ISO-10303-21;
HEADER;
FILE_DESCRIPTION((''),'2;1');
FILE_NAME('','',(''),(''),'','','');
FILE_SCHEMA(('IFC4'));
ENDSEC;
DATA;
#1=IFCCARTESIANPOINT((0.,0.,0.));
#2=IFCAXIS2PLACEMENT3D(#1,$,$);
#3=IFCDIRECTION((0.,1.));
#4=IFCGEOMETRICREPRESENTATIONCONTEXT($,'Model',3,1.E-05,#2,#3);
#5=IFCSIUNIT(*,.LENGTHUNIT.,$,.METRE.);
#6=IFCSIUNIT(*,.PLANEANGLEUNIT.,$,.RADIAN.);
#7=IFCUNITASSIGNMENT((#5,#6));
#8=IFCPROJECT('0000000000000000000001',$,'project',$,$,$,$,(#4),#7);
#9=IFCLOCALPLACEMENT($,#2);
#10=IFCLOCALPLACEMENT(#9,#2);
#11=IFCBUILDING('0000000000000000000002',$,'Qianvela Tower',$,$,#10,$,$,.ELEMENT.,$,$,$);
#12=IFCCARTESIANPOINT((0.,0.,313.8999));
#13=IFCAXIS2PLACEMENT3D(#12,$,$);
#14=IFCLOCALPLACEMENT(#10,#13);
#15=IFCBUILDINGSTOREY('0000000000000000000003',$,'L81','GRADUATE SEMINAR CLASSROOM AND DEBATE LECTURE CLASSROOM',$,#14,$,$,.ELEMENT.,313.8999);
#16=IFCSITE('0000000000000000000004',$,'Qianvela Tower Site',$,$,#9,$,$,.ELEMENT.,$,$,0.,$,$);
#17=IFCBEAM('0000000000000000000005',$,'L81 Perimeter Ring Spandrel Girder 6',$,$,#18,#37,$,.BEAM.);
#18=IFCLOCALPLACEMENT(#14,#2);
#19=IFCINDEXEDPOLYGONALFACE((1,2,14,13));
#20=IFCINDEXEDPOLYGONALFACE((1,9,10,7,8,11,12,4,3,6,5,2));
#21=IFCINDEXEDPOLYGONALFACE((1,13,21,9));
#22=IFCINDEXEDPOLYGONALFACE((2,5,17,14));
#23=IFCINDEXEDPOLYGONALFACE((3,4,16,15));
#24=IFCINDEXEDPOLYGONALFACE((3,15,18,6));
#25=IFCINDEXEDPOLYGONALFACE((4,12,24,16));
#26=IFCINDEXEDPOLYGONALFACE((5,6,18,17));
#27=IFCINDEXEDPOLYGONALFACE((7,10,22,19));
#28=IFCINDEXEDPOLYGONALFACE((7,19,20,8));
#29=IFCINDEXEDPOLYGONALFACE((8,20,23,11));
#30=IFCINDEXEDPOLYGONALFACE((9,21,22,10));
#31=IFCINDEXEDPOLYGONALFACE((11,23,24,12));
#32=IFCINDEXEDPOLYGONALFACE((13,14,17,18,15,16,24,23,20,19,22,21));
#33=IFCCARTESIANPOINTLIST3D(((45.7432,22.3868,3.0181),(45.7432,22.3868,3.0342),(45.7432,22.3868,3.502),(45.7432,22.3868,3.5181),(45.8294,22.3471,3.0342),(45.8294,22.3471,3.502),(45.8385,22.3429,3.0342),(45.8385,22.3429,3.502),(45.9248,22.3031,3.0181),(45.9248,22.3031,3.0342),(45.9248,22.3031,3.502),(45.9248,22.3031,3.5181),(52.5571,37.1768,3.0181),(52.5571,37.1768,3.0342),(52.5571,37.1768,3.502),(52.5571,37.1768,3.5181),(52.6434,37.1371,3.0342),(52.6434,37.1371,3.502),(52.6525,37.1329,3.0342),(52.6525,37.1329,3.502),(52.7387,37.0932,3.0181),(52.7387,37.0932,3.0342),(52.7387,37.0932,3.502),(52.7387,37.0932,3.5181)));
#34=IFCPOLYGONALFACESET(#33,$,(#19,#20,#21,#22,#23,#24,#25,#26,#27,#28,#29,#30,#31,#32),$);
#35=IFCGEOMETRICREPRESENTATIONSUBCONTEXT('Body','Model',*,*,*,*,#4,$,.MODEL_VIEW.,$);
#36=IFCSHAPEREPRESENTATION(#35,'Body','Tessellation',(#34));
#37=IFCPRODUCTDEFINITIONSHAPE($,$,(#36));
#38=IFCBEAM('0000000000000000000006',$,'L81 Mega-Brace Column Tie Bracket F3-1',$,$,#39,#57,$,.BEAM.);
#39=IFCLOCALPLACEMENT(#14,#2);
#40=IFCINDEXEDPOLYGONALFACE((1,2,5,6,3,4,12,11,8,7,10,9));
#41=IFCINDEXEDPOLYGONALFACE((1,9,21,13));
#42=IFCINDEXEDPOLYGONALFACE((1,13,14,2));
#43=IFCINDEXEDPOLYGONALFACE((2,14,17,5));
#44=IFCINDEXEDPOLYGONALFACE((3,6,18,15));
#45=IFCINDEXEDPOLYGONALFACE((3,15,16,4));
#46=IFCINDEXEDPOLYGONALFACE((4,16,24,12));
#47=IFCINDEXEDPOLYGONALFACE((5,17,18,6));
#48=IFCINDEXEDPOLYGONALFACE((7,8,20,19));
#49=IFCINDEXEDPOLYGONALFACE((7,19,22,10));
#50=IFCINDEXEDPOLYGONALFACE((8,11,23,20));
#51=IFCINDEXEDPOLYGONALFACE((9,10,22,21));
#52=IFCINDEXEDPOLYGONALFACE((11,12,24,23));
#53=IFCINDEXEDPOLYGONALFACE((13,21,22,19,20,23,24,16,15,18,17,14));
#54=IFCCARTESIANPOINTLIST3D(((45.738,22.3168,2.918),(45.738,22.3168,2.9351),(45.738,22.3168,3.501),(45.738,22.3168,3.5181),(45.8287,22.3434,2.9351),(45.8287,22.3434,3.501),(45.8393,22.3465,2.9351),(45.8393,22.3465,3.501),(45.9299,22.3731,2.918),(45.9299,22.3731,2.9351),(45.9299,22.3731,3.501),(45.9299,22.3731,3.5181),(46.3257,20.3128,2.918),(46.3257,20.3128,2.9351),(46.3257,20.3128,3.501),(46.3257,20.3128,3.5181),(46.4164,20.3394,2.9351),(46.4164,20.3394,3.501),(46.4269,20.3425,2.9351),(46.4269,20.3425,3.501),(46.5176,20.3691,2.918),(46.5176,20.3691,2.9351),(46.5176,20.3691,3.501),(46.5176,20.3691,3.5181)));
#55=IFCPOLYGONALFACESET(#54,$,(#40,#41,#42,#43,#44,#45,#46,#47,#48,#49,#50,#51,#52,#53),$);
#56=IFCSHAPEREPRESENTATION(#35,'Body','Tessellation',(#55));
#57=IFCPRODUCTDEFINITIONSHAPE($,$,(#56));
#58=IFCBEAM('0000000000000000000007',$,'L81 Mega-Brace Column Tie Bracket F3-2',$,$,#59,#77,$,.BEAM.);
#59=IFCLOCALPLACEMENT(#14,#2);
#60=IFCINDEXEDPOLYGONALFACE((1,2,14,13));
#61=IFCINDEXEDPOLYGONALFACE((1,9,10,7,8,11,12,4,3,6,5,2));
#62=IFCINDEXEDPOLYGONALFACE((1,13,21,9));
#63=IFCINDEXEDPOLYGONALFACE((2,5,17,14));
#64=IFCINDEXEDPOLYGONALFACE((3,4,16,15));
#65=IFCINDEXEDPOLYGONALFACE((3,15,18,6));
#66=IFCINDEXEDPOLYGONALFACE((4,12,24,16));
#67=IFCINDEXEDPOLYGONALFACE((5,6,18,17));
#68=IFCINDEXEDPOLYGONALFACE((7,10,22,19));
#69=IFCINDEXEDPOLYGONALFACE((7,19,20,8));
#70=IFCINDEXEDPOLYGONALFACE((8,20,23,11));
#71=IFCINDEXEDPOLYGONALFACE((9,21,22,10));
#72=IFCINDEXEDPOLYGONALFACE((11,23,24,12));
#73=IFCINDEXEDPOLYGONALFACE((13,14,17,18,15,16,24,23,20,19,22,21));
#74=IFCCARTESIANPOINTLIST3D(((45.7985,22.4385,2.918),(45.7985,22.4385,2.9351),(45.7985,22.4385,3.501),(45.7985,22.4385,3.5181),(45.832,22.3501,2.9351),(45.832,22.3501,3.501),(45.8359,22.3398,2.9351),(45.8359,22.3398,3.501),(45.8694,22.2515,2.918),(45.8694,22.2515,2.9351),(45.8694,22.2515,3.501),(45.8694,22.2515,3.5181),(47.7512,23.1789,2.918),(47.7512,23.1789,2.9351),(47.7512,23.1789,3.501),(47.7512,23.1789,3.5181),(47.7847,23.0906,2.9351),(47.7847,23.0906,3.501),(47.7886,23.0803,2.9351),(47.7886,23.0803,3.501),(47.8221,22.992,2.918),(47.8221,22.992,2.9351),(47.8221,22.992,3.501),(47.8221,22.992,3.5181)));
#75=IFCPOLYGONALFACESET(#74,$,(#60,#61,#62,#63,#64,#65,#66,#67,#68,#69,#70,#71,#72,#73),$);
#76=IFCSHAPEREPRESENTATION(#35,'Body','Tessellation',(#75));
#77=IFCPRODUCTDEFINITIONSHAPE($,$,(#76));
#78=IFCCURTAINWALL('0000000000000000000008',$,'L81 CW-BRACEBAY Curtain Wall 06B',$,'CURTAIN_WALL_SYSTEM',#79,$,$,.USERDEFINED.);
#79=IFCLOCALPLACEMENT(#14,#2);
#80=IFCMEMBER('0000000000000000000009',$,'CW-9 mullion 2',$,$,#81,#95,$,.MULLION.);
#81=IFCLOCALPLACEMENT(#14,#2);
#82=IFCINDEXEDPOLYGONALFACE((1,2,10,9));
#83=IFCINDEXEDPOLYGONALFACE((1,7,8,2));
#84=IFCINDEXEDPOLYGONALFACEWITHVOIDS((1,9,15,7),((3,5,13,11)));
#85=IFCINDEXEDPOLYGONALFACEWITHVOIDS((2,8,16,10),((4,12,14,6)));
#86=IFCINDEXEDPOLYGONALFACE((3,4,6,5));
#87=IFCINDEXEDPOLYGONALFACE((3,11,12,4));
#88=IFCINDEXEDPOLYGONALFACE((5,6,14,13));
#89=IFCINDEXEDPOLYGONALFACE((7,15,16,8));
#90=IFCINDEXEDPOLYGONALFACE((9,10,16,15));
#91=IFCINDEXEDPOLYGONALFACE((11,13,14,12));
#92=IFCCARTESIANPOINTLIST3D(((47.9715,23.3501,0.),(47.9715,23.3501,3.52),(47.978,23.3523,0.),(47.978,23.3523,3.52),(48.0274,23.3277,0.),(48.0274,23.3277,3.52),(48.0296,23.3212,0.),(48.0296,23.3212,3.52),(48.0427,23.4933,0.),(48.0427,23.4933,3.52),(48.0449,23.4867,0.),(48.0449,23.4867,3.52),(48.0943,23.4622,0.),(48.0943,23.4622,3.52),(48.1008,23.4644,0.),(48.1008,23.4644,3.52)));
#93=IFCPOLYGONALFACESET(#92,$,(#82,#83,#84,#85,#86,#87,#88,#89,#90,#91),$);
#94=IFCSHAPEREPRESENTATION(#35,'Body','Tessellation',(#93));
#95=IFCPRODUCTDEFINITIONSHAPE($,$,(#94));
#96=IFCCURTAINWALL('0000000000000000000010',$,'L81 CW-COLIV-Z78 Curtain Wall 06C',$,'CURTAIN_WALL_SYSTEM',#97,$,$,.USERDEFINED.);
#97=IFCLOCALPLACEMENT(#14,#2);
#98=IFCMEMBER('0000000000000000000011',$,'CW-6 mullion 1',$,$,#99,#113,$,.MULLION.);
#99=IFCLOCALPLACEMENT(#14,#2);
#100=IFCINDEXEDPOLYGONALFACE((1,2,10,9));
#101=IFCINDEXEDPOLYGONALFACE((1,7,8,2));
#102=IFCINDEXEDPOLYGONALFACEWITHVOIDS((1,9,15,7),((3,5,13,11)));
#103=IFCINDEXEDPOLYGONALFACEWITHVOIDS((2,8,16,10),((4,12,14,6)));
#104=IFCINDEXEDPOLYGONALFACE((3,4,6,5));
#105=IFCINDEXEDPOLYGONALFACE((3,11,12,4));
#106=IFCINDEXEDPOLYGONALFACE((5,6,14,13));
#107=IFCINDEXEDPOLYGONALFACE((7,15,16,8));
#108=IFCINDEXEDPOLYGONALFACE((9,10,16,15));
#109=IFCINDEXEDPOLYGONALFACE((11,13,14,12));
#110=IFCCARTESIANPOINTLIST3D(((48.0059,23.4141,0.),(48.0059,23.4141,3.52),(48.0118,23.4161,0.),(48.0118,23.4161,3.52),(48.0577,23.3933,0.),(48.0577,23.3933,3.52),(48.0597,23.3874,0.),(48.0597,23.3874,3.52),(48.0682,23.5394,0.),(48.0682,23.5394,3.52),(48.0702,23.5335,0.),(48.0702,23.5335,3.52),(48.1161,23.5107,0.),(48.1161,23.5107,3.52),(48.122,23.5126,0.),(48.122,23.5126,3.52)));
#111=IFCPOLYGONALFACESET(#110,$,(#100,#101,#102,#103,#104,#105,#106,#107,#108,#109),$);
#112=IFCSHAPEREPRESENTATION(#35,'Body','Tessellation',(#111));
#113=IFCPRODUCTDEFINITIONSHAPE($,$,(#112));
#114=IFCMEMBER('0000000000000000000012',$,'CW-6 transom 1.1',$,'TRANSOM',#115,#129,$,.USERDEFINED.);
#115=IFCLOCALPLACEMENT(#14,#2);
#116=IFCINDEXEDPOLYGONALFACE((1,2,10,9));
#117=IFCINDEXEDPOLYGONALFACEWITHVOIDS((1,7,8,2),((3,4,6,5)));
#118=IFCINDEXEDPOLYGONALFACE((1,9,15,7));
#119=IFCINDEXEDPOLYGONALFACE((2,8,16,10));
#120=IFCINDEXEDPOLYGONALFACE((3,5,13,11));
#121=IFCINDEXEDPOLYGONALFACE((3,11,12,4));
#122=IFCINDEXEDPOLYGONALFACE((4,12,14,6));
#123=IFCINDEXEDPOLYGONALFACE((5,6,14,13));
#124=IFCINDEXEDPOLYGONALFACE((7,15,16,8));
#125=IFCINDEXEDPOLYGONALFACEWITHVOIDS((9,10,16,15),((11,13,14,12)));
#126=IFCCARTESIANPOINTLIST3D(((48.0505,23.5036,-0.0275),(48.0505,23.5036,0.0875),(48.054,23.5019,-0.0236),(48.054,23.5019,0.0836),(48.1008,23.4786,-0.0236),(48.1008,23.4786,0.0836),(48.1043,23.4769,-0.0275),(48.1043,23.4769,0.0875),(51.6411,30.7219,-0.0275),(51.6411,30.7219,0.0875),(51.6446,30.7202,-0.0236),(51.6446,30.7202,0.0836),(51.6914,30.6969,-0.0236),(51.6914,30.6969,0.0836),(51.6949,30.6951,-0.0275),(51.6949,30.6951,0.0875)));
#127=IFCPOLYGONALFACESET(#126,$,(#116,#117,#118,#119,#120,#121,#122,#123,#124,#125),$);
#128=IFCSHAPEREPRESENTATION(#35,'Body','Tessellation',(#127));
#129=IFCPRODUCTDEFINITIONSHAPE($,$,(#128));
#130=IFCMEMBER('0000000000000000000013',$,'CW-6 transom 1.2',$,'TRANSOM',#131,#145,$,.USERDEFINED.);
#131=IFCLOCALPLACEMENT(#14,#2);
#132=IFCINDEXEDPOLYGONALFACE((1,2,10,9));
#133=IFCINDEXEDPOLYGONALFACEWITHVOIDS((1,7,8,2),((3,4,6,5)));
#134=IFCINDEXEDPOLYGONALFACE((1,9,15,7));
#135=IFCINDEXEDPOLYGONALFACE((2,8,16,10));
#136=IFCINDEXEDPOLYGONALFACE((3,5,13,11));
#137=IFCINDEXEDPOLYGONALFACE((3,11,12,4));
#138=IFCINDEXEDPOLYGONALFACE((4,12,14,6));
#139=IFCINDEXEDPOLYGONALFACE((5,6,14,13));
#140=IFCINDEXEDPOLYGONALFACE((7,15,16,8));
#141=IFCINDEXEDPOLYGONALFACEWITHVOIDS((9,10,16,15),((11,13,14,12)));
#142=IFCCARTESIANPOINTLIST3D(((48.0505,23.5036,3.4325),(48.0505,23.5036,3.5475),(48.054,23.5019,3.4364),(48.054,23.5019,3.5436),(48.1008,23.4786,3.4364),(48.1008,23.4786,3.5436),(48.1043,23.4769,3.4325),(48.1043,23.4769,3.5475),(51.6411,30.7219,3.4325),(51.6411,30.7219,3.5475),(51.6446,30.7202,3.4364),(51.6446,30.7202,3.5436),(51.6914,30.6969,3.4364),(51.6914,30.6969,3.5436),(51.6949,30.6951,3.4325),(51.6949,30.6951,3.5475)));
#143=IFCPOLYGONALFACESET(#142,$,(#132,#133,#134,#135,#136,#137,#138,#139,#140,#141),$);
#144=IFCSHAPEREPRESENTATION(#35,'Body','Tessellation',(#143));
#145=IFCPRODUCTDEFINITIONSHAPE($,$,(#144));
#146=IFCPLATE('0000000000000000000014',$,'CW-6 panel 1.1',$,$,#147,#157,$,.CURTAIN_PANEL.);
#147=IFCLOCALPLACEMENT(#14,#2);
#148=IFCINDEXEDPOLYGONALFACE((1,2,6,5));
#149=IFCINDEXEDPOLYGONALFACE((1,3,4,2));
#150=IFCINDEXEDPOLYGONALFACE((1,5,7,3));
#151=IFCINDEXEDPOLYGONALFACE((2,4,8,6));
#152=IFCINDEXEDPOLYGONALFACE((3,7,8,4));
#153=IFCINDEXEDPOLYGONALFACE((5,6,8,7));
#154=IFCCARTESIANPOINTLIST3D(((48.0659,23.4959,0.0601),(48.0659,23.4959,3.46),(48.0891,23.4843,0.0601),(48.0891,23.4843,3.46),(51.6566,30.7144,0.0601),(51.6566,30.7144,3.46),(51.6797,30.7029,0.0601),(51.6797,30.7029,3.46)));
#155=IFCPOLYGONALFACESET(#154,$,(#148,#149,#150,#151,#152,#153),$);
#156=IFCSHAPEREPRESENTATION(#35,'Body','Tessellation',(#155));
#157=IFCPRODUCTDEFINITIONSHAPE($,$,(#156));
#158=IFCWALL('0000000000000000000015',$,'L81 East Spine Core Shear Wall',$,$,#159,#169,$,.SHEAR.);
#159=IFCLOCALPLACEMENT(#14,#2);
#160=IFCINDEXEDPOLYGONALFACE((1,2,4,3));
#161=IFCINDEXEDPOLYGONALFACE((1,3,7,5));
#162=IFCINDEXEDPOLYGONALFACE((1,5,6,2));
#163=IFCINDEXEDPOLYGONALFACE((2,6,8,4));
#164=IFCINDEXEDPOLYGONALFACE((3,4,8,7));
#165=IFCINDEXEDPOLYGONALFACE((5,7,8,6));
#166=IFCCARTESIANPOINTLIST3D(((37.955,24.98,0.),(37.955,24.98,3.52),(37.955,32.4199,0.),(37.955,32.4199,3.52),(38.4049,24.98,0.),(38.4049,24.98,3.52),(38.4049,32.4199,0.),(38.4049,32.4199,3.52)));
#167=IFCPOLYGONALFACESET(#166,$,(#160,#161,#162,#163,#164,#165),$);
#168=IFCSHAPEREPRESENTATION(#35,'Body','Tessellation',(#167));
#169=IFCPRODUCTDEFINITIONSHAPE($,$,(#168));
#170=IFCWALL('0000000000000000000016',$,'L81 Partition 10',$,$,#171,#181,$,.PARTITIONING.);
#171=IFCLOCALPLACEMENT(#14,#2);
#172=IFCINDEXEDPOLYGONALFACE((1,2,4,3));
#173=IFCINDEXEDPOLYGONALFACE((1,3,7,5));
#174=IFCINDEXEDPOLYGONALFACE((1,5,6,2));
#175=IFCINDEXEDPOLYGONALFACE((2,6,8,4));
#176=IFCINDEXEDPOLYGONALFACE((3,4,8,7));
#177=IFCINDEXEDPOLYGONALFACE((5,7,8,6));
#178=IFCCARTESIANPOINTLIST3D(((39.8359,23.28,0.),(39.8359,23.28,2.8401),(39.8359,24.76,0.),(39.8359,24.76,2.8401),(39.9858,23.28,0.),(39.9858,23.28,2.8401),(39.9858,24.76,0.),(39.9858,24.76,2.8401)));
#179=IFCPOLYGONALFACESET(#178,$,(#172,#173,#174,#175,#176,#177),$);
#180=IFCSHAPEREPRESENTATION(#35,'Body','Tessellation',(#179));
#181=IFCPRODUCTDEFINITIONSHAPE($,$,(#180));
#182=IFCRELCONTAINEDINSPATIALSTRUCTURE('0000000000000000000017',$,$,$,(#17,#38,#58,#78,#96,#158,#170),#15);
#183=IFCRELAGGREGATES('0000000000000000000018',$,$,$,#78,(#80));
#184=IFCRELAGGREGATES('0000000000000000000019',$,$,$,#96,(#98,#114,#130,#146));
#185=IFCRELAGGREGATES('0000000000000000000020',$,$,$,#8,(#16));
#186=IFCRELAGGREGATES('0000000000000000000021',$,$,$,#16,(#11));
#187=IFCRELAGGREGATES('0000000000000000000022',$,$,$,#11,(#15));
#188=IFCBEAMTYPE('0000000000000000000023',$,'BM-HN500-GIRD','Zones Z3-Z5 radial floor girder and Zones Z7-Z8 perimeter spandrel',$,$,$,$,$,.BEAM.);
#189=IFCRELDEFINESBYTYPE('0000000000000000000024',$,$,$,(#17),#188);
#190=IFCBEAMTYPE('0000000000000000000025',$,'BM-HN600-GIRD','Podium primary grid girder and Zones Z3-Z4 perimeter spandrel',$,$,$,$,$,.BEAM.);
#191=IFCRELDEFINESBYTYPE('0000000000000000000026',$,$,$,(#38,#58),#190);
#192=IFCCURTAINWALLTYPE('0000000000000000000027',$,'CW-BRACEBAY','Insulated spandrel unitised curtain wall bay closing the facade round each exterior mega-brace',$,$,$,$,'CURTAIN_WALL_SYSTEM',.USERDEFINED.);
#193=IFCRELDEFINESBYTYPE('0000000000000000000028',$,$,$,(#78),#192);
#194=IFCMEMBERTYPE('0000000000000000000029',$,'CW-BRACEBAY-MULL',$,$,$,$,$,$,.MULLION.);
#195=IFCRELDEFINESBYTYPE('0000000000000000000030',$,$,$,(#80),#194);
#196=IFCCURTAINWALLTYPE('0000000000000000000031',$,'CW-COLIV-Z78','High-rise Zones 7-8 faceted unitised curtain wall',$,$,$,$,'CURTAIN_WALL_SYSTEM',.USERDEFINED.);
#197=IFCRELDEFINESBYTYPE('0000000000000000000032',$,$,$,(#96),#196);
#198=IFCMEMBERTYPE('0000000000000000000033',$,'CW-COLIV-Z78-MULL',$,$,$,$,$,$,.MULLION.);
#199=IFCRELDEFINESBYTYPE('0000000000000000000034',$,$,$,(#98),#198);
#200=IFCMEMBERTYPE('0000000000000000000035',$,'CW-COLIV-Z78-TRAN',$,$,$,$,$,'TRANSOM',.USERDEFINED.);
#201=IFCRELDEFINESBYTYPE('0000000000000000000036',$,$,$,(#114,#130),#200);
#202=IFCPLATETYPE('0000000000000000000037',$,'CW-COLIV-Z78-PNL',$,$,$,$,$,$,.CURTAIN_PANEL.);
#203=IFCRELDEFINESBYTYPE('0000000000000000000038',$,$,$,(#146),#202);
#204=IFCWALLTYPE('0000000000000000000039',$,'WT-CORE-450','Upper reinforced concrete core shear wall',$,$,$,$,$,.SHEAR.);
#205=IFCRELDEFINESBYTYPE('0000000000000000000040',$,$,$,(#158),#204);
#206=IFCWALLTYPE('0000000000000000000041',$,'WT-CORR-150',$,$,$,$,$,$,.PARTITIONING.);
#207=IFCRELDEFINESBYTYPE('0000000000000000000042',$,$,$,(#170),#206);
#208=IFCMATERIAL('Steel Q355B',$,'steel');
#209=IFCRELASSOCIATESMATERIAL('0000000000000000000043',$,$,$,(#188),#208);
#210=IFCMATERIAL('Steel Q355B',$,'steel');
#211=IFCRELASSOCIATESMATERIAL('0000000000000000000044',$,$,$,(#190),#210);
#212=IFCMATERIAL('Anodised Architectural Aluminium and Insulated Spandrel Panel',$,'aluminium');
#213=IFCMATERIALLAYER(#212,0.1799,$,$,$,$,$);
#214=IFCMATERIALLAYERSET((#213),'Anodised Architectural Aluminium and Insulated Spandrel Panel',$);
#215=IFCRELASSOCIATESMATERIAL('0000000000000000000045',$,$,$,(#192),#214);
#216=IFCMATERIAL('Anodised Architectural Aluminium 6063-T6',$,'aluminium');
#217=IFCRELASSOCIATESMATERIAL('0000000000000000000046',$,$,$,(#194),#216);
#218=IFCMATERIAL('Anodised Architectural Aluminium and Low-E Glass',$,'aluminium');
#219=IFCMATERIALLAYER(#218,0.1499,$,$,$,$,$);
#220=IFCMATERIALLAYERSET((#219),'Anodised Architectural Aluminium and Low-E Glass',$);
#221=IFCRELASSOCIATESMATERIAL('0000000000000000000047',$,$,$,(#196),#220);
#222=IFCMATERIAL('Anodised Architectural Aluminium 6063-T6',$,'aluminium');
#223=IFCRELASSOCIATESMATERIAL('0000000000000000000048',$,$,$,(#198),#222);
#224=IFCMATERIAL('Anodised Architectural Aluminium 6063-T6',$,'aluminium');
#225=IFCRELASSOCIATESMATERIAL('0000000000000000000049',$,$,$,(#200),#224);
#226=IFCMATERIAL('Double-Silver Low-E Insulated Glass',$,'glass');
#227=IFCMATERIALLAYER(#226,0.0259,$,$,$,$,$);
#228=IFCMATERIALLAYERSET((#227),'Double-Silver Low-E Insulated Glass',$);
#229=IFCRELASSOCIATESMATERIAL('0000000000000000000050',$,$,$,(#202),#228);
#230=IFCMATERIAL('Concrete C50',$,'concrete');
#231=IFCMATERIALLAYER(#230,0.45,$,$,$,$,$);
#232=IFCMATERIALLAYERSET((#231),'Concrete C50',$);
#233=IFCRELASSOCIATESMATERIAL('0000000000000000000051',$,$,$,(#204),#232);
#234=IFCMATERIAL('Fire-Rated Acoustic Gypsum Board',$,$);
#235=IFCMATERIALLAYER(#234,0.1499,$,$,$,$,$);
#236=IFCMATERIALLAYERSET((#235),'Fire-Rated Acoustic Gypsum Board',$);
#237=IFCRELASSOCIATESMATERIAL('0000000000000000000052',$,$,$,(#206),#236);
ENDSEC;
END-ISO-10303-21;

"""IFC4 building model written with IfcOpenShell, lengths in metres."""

from ifc_helpers import new_model, si_unit, direction, frame, frame_2d, origin, origin_2d, place, context, subcontext, project, spatial, rectangle, hollow_rectangle, i_section, extrude, material, layer, layer_set, material_profile, profile_set, type_object, element, aggregate, save


model = new_model("IFC4")

# Units and contexts
model_context = context("Model", 3, precision=1e-05, world=origin(), true_north=direction((0.0, 1.0)))
body_context = subcontext(model_context, "Body", "Model", "MODEL_VIEW")
ifc_project = project(units=[si_unit("LENGTHUNIT", "METRE"), si_unit("PLANEANGLEUNIT", "RADIAN")], contexts=[model_context])

# Site, building, storey
site_placement = place(None, origin())
site = spatial("IfcSite", under=ifc_project, at=site_placement, Name="Qianvela Tower Site", CompositionType="ELEMENT", RefElevation=0.0)
building_placement = place(site_placement, origin())
building = spatial("IfcBuilding", under=site, at=building_placement, Name="Qianvela Tower", CompositionType="ELEMENT")
storey_placement = place(building_placement, frame((0.0, 0.0, 313.8999)))
storey = spatial("IfcBuildingStorey", under=building, at=storey_placement, Name="L81", Description="GRADUATE SEMINAR CLASSROOM AND DEBATE LECTURE CLASSROOM", CompositionType="ELEMENT", Elevation=313.8999)

# Beams
ifc_material_1 = material(Name="Steel Q355B", Category="steel")
ifc_material_profile_1 = material_profile(ifc_material_1, i_section(OverallWidth=0.2, OverallDepth=0.5, WebThickness=0.01, FlangeThickness=0.0161, at=origin_2d()), Name="HN500x200x10x16")
ifc_profile_set_1 = profile_set([ifc_material_profile_1], Name="Steel Q355B")
beam_type_1 = type_object("IfcBeamType", Name="BM-HN500-GIRD", Description="Zones Z3-Z5 radial floor girder and Zones Z7-Z8 perimeter spandrel", PredefinedType="BEAM", material=ifc_profile_set_1)
beam_placement = place(storey_placement, frame((45.834, 22.345, 3.2681), z_axis=(0.41844, 0.908244, 0.0), x_axis=(-0.908244, 0.41844, 0.0)))
element("IfcBeam", 1, at=beam_placement, inside=storey, type_object=beam_type_1, Name="L81 Perimeter Ring Spandrel Girder 6", PredefinedType="BEAM", context=body_context, shape_type="SweptSolid", body=[
    extrude(i_section(OverallWidth=0.2, OverallDepth=0.5, WebThickness=0.01, FlangeThickness=0.0161, at=origin_2d()), origin(), (0.0, 0.0, 1.0), 16.2842),
])
ifc_material_2 = material(Name="Steel Q355B", Category="steel")
ifc_material_profile_2 = material_profile(ifc_material_2, i_section(OverallWidth=0.2, OverallDepth=0.6001, WebThickness=0.011, FlangeThickness=0.0171, at=origin_2d()), Name="HN600x200x11x17")
ifc_profile_set_2 = profile_set([ifc_material_profile_2], Name="Steel Q355B")
beam_type_2 = type_object("IfcBeamType", Name="BM-HN600-GIRD", Description="Podium primary grid girder and Zones Z3-Z4 perimeter spandrel", PredefinedType="BEAM", material=ifc_profile_set_2)
for number, where, z_axis, x_axis, name in (
    (2, (45.834, 22.345, 3.218), (0.2814, -0.95959, 0.0), (0.95959, 0.2814, 0.0), "L81 Mega-Brace Column Tie Bracket F3-1"),
    (3, (45.834, 22.345, 3.218), (0.935026, 0.35458, 0.0), (-0.35458, 0.935026, 0.0), "L81 Mega-Brace Column Tie Bracket F3-2"),
):
    element("IfcBeam", number, at=place(storey_placement, frame(where, z_axis=z_axis, x_axis=x_axis)), inside=storey, type_object=beam_type_2, Name=name, PredefinedType="BEAM", context=body_context, shape_type="SweptSolid", body=[
        extrude(i_section(OverallWidth=0.2, OverallDepth=0.6001, WebThickness=0.011, FlangeThickness=0.0171, at=origin_2d()), origin(), (0.0, 0.0, 1.0), 2.0884),
    ])

# Curtain wall, member
ifc_material_3 = material(Name="Anodised Architectural Aluminium and Insulated Spandrel Panel", Category="aluminium")
ifc_layer_1 = layer(ifc_material_3, 0.1799)
ifc_layer_set_1 = layer_set([ifc_layer_1], Name="Anodised Architectural Aluminium and Insulated Spandrel Panel")
curtain_wall_type_1 = type_object("IfcCurtainWallType", Name="CW-BRACEBAY", Description="Insulated spandrel unitised curtain wall bay closing the facade round each exterior mega-brace", ElementType="CURTAIN_WALL_SYSTEM", PredefinedType="USERDEFINED", material=ifc_layer_set_1)
curtain_wall_1_placement = place(storey_placement, origin())
curtain_wall_1 = element("IfcCurtainWall", 4, at=curtain_wall_1_placement, inside=storey, type_object=curtain_wall_type_1, Name="L81 CW-BRACEBAY Curtain Wall 06B", ObjectType="CURTAIN_WALL_SYSTEM", PredefinedType="USERDEFINED")
ifc_material_4 = material(Name="Anodised Architectural Aluminium 6063-T6", Category="aluminium")
ifc_material_profile_3 = material_profile(ifc_material_4, hollow_rectangle(XDim=0.0649, YDim=0.1599, WallThickness=0.0049, at=origin_2d()), Name="ALU-MULL-65x160")
ifc_profile_set_3 = profile_set([ifc_material_profile_3], Name="Anodised Architectural Aluminium 6063-T6")
member_type_1 = type_object("IfcMemberType", Name="CW-BRACEBAY-MULL", PredefinedType="MULLION", material=ifc_profile_set_3)
member_1_placement = place(storey_placement, frame((48.0361, 23.4072, 0.0), z_axis=(0.0, 0.0, 1.0), x_axis=(-0.895346, 0.44537, 0.0)))
member_1 = element("IfcMember", 5, at=member_1_placement, type_object=member_type_1, Name="CW-9 mullion 2", PredefinedType="MULLION", context=body_context, shape_type="SweptSolid", body=[
    extrude(hollow_rectangle(XDim=0.0649, YDim=0.1599, WallThickness=0.0049, at=origin_2d()), origin(), (0.0, 0.0, 1.0), 3.52),
])
aggregate(curtain_wall_1, [member_1])

# Curtain wall, members, plate
ifc_material_5 = material(Name="Anodised Architectural Aluminium and Low-E Glass", Category="aluminium")
ifc_layer_2 = layer(ifc_material_5, 0.1499)
ifc_layer_set_2 = layer_set([ifc_layer_2], Name="Anodised Architectural Aluminium and Low-E Glass")
curtain_wall_type_2 = type_object("IfcCurtainWallType", Name="CW-COLIV-Z78", Description="High-rise Zones 7-8 faceted unitised curtain wall", ElementType="CURTAIN_WALL_SYSTEM", PredefinedType="USERDEFINED", material=ifc_layer_set_2)
curtain_wall_2_placement = place(storey_placement, origin())
curtain_wall_2 = element("IfcCurtainWall", 6, at=curtain_wall_2_placement, inside=storey, type_object=curtain_wall_type_2, Name="L81 CW-COLIV-Z78 Curtain Wall 06C", ObjectType="CURTAIN_WALL_SYSTEM", PredefinedType="USERDEFINED")
ifc_material_6 = material(Name="Anodised Architectural Aluminium 6063-T6", Category="aluminium")
ifc_material_profile_4 = material_profile(ifc_material_6, hollow_rectangle(XDim=0.0601, YDim=0.1399, WallThickness=0.0044, at=origin_2d()), Name="ALU-MULL-60x140")
ifc_profile_set_4 = profile_set([ifc_material_profile_4], Name="Anodised Architectural Aluminium 6063-T6")
member_type_2 = type_object("IfcMemberType", Name="CW-COLIV-Z78-MULL", PredefinedType="MULLION", material=ifc_profile_set_4)
member_2_placement = place(storey_placement, frame((48.064, 23.4634, 0.0), z_axis=(0.0, 0.0, 1.0), x_axis=(-0.895348, 0.445368, 0.0)))
member_2 = element("IfcMember", 7, at=member_2_placement, type_object=member_type_2, Name="CW-6 mullion 1", PredefinedType="MULLION", context=body_context, shape_type="SweptSolid", body=[
    extrude(hollow_rectangle(XDim=0.0601, YDim=0.1399, WallThickness=0.0044, at=origin_2d()), origin(), (0.0, 0.0, 1.0), 3.52),
])
ifc_material_7 = material(Name="Anodised Architectural Aluminium 6063-T6", Category="aluminium")
ifc_material_profile_5 = material_profile(ifc_material_7, hollow_rectangle(XDim=0.0601, YDim=0.115, WallThickness=0.0039, at=origin_2d()), Name="ALU-TRAN-60x115")
ifc_profile_set_5 = profile_set([ifc_material_profile_5], Name="Anodised Architectural Aluminium 6063-T6")
member_type_3 = type_object("IfcMemberType", Name="CW-COLIV-Z78-TRAN", ElementType="TRANSOM", PredefinedType="USERDEFINED", material=ifc_profile_set_5)
member_3_placement = place(storey_placement, frame((48.0774, 23.4902, 0.03), z_axis=(0.445371, 0.895346, 0.0), x_axis=(-0.895346, 0.445371, 0.0)))
member_3 = element("IfcMember", 8, at=member_3_placement, type_object=member_type_3, Name="CW-6 transom 1.1", ObjectType="TRANSOM", PredefinedType="USERDEFINED", context=body_context, shape_type="SweptSolid", body=[
    extrude(hollow_rectangle(XDim=0.0601, YDim=0.115, WallThickness=0.0039, at=origin_2d()), origin(), (0.0, 0.0, 1.0), 8.062),
])
member_4_placement = place(storey_placement, frame((48.0774, 23.4902, 3.49), z_axis=(0.445371, 0.895346, 0.0), x_axis=(-0.895346, 0.445371, 0.0)))
member_4 = element("IfcMember", 9, at=member_4_placement, type_object=member_type_3, Name="CW-6 transom 1.2", ObjectType="TRANSOM", PredefinedType="USERDEFINED", context=body_context, shape_type="SweptSolid", body=[
    extrude(hollow_rectangle(XDim=0.0601, YDim=0.115, WallThickness=0.0039, at=origin_2d()), origin(), (0.0, 0.0, 1.0), 8.062),
])
ifc_material_8 = material(Name="Double-Silver Low-E Insulated Glass", Category="glass")
ifc_layer_3 = layer(ifc_material_8, 0.0259)
ifc_layer_set_3 = layer_set([ifc_layer_3], Name="Double-Silver Low-E Insulated Glass")
plate_type = type_object("IfcPlateType", Name="CW-COLIV-Z78-PNL", PredefinedType="CURTAIN_PANEL", material=ifc_layer_set_3)
plate_placement = place(storey_placement, frame((49.8728, 27.0994, 0.0601), z_axis=(0.0, 0.0, 1.0), x_axis=(0.445368, 0.895348, 0.0)))
plate = element("IfcPlate", 10, at=plate_placement, type_object=plate_type, Name="CW-6 panel 1.1", PredefinedType="CURTAIN_PANEL", context=body_context, shape_type="SweptSolid", body=[
    extrude(rectangle(XDim=8.0623, YDim=0.0259, at=origin_2d()), origin(), (0.0, 0.0, 1.0), 3.3999),
])
aggregate(curtain_wall_2, [member_2, member_3, member_4, plate])

# Walls
ifc_material_9 = material(Name="Concrete C50", Category="concrete")
ifc_layer_4 = layer(ifc_material_9, 0.45)
ifc_layer_set_4 = layer_set([ifc_layer_4], Name="Concrete C50")
wall_type_1 = type_object("IfcWallType", Name="WT-CORE-450", Description="Upper reinforced concrete core shear wall", PredefinedType="SHEAR", material=ifc_layer_set_4)
wall_1_placement = place(storey_placement, frame((38.1799, 24.98, 0.0), z_axis=(0.0, 0.0, 1.0), x_axis=(0.0, 1.0, 0.0)))
element("IfcWall", 11, at=wall_1_placement, inside=storey, type_object=wall_type_1, Name="L81 East Spine Core Shear Wall", PredefinedType="SHEAR", context=body_context, shape_type="SweptSolid", body=[
    extrude(rectangle(XDim=7.4399, YDim=0.45, at=frame_2d((3.72, 0.0))), origin(), (0.0, 0.0, 1.0), 3.52),
])
ifc_material_10 = material(Name="Fire-Rated Acoustic Gypsum Board")
ifc_layer_5 = layer(ifc_material_10, 0.1499)
ifc_layer_set_5 = layer_set([ifc_layer_5], Name="Fire-Rated Acoustic Gypsum Board")
wall_type_2 = type_object("IfcWallType", Name="WT-CORR-150", PredefinedType="PARTITIONING", material=ifc_layer_set_5)
wall_2_placement = place(storey_placement, frame((39.9109, 23.28, 0.0), z_axis=(0.0, 0.0, 1.0), x_axis=(0.0, 1.0, 0.0)))
element("IfcWall", 12, at=wall_2_placement, inside=storey, type_object=wall_type_2, Name="L81 Partition 10", PredefinedType="PARTITIONING", context=body_context, shape_type="SweptSolid", body=[
    extrude(rectangle(XDim=1.48, YDim=0.1499, at=frame_2d((0.74, 0.0))), origin(), (0.0, 0.0, 1.0), 2.8401),
])

save(model, "model.ifc")
